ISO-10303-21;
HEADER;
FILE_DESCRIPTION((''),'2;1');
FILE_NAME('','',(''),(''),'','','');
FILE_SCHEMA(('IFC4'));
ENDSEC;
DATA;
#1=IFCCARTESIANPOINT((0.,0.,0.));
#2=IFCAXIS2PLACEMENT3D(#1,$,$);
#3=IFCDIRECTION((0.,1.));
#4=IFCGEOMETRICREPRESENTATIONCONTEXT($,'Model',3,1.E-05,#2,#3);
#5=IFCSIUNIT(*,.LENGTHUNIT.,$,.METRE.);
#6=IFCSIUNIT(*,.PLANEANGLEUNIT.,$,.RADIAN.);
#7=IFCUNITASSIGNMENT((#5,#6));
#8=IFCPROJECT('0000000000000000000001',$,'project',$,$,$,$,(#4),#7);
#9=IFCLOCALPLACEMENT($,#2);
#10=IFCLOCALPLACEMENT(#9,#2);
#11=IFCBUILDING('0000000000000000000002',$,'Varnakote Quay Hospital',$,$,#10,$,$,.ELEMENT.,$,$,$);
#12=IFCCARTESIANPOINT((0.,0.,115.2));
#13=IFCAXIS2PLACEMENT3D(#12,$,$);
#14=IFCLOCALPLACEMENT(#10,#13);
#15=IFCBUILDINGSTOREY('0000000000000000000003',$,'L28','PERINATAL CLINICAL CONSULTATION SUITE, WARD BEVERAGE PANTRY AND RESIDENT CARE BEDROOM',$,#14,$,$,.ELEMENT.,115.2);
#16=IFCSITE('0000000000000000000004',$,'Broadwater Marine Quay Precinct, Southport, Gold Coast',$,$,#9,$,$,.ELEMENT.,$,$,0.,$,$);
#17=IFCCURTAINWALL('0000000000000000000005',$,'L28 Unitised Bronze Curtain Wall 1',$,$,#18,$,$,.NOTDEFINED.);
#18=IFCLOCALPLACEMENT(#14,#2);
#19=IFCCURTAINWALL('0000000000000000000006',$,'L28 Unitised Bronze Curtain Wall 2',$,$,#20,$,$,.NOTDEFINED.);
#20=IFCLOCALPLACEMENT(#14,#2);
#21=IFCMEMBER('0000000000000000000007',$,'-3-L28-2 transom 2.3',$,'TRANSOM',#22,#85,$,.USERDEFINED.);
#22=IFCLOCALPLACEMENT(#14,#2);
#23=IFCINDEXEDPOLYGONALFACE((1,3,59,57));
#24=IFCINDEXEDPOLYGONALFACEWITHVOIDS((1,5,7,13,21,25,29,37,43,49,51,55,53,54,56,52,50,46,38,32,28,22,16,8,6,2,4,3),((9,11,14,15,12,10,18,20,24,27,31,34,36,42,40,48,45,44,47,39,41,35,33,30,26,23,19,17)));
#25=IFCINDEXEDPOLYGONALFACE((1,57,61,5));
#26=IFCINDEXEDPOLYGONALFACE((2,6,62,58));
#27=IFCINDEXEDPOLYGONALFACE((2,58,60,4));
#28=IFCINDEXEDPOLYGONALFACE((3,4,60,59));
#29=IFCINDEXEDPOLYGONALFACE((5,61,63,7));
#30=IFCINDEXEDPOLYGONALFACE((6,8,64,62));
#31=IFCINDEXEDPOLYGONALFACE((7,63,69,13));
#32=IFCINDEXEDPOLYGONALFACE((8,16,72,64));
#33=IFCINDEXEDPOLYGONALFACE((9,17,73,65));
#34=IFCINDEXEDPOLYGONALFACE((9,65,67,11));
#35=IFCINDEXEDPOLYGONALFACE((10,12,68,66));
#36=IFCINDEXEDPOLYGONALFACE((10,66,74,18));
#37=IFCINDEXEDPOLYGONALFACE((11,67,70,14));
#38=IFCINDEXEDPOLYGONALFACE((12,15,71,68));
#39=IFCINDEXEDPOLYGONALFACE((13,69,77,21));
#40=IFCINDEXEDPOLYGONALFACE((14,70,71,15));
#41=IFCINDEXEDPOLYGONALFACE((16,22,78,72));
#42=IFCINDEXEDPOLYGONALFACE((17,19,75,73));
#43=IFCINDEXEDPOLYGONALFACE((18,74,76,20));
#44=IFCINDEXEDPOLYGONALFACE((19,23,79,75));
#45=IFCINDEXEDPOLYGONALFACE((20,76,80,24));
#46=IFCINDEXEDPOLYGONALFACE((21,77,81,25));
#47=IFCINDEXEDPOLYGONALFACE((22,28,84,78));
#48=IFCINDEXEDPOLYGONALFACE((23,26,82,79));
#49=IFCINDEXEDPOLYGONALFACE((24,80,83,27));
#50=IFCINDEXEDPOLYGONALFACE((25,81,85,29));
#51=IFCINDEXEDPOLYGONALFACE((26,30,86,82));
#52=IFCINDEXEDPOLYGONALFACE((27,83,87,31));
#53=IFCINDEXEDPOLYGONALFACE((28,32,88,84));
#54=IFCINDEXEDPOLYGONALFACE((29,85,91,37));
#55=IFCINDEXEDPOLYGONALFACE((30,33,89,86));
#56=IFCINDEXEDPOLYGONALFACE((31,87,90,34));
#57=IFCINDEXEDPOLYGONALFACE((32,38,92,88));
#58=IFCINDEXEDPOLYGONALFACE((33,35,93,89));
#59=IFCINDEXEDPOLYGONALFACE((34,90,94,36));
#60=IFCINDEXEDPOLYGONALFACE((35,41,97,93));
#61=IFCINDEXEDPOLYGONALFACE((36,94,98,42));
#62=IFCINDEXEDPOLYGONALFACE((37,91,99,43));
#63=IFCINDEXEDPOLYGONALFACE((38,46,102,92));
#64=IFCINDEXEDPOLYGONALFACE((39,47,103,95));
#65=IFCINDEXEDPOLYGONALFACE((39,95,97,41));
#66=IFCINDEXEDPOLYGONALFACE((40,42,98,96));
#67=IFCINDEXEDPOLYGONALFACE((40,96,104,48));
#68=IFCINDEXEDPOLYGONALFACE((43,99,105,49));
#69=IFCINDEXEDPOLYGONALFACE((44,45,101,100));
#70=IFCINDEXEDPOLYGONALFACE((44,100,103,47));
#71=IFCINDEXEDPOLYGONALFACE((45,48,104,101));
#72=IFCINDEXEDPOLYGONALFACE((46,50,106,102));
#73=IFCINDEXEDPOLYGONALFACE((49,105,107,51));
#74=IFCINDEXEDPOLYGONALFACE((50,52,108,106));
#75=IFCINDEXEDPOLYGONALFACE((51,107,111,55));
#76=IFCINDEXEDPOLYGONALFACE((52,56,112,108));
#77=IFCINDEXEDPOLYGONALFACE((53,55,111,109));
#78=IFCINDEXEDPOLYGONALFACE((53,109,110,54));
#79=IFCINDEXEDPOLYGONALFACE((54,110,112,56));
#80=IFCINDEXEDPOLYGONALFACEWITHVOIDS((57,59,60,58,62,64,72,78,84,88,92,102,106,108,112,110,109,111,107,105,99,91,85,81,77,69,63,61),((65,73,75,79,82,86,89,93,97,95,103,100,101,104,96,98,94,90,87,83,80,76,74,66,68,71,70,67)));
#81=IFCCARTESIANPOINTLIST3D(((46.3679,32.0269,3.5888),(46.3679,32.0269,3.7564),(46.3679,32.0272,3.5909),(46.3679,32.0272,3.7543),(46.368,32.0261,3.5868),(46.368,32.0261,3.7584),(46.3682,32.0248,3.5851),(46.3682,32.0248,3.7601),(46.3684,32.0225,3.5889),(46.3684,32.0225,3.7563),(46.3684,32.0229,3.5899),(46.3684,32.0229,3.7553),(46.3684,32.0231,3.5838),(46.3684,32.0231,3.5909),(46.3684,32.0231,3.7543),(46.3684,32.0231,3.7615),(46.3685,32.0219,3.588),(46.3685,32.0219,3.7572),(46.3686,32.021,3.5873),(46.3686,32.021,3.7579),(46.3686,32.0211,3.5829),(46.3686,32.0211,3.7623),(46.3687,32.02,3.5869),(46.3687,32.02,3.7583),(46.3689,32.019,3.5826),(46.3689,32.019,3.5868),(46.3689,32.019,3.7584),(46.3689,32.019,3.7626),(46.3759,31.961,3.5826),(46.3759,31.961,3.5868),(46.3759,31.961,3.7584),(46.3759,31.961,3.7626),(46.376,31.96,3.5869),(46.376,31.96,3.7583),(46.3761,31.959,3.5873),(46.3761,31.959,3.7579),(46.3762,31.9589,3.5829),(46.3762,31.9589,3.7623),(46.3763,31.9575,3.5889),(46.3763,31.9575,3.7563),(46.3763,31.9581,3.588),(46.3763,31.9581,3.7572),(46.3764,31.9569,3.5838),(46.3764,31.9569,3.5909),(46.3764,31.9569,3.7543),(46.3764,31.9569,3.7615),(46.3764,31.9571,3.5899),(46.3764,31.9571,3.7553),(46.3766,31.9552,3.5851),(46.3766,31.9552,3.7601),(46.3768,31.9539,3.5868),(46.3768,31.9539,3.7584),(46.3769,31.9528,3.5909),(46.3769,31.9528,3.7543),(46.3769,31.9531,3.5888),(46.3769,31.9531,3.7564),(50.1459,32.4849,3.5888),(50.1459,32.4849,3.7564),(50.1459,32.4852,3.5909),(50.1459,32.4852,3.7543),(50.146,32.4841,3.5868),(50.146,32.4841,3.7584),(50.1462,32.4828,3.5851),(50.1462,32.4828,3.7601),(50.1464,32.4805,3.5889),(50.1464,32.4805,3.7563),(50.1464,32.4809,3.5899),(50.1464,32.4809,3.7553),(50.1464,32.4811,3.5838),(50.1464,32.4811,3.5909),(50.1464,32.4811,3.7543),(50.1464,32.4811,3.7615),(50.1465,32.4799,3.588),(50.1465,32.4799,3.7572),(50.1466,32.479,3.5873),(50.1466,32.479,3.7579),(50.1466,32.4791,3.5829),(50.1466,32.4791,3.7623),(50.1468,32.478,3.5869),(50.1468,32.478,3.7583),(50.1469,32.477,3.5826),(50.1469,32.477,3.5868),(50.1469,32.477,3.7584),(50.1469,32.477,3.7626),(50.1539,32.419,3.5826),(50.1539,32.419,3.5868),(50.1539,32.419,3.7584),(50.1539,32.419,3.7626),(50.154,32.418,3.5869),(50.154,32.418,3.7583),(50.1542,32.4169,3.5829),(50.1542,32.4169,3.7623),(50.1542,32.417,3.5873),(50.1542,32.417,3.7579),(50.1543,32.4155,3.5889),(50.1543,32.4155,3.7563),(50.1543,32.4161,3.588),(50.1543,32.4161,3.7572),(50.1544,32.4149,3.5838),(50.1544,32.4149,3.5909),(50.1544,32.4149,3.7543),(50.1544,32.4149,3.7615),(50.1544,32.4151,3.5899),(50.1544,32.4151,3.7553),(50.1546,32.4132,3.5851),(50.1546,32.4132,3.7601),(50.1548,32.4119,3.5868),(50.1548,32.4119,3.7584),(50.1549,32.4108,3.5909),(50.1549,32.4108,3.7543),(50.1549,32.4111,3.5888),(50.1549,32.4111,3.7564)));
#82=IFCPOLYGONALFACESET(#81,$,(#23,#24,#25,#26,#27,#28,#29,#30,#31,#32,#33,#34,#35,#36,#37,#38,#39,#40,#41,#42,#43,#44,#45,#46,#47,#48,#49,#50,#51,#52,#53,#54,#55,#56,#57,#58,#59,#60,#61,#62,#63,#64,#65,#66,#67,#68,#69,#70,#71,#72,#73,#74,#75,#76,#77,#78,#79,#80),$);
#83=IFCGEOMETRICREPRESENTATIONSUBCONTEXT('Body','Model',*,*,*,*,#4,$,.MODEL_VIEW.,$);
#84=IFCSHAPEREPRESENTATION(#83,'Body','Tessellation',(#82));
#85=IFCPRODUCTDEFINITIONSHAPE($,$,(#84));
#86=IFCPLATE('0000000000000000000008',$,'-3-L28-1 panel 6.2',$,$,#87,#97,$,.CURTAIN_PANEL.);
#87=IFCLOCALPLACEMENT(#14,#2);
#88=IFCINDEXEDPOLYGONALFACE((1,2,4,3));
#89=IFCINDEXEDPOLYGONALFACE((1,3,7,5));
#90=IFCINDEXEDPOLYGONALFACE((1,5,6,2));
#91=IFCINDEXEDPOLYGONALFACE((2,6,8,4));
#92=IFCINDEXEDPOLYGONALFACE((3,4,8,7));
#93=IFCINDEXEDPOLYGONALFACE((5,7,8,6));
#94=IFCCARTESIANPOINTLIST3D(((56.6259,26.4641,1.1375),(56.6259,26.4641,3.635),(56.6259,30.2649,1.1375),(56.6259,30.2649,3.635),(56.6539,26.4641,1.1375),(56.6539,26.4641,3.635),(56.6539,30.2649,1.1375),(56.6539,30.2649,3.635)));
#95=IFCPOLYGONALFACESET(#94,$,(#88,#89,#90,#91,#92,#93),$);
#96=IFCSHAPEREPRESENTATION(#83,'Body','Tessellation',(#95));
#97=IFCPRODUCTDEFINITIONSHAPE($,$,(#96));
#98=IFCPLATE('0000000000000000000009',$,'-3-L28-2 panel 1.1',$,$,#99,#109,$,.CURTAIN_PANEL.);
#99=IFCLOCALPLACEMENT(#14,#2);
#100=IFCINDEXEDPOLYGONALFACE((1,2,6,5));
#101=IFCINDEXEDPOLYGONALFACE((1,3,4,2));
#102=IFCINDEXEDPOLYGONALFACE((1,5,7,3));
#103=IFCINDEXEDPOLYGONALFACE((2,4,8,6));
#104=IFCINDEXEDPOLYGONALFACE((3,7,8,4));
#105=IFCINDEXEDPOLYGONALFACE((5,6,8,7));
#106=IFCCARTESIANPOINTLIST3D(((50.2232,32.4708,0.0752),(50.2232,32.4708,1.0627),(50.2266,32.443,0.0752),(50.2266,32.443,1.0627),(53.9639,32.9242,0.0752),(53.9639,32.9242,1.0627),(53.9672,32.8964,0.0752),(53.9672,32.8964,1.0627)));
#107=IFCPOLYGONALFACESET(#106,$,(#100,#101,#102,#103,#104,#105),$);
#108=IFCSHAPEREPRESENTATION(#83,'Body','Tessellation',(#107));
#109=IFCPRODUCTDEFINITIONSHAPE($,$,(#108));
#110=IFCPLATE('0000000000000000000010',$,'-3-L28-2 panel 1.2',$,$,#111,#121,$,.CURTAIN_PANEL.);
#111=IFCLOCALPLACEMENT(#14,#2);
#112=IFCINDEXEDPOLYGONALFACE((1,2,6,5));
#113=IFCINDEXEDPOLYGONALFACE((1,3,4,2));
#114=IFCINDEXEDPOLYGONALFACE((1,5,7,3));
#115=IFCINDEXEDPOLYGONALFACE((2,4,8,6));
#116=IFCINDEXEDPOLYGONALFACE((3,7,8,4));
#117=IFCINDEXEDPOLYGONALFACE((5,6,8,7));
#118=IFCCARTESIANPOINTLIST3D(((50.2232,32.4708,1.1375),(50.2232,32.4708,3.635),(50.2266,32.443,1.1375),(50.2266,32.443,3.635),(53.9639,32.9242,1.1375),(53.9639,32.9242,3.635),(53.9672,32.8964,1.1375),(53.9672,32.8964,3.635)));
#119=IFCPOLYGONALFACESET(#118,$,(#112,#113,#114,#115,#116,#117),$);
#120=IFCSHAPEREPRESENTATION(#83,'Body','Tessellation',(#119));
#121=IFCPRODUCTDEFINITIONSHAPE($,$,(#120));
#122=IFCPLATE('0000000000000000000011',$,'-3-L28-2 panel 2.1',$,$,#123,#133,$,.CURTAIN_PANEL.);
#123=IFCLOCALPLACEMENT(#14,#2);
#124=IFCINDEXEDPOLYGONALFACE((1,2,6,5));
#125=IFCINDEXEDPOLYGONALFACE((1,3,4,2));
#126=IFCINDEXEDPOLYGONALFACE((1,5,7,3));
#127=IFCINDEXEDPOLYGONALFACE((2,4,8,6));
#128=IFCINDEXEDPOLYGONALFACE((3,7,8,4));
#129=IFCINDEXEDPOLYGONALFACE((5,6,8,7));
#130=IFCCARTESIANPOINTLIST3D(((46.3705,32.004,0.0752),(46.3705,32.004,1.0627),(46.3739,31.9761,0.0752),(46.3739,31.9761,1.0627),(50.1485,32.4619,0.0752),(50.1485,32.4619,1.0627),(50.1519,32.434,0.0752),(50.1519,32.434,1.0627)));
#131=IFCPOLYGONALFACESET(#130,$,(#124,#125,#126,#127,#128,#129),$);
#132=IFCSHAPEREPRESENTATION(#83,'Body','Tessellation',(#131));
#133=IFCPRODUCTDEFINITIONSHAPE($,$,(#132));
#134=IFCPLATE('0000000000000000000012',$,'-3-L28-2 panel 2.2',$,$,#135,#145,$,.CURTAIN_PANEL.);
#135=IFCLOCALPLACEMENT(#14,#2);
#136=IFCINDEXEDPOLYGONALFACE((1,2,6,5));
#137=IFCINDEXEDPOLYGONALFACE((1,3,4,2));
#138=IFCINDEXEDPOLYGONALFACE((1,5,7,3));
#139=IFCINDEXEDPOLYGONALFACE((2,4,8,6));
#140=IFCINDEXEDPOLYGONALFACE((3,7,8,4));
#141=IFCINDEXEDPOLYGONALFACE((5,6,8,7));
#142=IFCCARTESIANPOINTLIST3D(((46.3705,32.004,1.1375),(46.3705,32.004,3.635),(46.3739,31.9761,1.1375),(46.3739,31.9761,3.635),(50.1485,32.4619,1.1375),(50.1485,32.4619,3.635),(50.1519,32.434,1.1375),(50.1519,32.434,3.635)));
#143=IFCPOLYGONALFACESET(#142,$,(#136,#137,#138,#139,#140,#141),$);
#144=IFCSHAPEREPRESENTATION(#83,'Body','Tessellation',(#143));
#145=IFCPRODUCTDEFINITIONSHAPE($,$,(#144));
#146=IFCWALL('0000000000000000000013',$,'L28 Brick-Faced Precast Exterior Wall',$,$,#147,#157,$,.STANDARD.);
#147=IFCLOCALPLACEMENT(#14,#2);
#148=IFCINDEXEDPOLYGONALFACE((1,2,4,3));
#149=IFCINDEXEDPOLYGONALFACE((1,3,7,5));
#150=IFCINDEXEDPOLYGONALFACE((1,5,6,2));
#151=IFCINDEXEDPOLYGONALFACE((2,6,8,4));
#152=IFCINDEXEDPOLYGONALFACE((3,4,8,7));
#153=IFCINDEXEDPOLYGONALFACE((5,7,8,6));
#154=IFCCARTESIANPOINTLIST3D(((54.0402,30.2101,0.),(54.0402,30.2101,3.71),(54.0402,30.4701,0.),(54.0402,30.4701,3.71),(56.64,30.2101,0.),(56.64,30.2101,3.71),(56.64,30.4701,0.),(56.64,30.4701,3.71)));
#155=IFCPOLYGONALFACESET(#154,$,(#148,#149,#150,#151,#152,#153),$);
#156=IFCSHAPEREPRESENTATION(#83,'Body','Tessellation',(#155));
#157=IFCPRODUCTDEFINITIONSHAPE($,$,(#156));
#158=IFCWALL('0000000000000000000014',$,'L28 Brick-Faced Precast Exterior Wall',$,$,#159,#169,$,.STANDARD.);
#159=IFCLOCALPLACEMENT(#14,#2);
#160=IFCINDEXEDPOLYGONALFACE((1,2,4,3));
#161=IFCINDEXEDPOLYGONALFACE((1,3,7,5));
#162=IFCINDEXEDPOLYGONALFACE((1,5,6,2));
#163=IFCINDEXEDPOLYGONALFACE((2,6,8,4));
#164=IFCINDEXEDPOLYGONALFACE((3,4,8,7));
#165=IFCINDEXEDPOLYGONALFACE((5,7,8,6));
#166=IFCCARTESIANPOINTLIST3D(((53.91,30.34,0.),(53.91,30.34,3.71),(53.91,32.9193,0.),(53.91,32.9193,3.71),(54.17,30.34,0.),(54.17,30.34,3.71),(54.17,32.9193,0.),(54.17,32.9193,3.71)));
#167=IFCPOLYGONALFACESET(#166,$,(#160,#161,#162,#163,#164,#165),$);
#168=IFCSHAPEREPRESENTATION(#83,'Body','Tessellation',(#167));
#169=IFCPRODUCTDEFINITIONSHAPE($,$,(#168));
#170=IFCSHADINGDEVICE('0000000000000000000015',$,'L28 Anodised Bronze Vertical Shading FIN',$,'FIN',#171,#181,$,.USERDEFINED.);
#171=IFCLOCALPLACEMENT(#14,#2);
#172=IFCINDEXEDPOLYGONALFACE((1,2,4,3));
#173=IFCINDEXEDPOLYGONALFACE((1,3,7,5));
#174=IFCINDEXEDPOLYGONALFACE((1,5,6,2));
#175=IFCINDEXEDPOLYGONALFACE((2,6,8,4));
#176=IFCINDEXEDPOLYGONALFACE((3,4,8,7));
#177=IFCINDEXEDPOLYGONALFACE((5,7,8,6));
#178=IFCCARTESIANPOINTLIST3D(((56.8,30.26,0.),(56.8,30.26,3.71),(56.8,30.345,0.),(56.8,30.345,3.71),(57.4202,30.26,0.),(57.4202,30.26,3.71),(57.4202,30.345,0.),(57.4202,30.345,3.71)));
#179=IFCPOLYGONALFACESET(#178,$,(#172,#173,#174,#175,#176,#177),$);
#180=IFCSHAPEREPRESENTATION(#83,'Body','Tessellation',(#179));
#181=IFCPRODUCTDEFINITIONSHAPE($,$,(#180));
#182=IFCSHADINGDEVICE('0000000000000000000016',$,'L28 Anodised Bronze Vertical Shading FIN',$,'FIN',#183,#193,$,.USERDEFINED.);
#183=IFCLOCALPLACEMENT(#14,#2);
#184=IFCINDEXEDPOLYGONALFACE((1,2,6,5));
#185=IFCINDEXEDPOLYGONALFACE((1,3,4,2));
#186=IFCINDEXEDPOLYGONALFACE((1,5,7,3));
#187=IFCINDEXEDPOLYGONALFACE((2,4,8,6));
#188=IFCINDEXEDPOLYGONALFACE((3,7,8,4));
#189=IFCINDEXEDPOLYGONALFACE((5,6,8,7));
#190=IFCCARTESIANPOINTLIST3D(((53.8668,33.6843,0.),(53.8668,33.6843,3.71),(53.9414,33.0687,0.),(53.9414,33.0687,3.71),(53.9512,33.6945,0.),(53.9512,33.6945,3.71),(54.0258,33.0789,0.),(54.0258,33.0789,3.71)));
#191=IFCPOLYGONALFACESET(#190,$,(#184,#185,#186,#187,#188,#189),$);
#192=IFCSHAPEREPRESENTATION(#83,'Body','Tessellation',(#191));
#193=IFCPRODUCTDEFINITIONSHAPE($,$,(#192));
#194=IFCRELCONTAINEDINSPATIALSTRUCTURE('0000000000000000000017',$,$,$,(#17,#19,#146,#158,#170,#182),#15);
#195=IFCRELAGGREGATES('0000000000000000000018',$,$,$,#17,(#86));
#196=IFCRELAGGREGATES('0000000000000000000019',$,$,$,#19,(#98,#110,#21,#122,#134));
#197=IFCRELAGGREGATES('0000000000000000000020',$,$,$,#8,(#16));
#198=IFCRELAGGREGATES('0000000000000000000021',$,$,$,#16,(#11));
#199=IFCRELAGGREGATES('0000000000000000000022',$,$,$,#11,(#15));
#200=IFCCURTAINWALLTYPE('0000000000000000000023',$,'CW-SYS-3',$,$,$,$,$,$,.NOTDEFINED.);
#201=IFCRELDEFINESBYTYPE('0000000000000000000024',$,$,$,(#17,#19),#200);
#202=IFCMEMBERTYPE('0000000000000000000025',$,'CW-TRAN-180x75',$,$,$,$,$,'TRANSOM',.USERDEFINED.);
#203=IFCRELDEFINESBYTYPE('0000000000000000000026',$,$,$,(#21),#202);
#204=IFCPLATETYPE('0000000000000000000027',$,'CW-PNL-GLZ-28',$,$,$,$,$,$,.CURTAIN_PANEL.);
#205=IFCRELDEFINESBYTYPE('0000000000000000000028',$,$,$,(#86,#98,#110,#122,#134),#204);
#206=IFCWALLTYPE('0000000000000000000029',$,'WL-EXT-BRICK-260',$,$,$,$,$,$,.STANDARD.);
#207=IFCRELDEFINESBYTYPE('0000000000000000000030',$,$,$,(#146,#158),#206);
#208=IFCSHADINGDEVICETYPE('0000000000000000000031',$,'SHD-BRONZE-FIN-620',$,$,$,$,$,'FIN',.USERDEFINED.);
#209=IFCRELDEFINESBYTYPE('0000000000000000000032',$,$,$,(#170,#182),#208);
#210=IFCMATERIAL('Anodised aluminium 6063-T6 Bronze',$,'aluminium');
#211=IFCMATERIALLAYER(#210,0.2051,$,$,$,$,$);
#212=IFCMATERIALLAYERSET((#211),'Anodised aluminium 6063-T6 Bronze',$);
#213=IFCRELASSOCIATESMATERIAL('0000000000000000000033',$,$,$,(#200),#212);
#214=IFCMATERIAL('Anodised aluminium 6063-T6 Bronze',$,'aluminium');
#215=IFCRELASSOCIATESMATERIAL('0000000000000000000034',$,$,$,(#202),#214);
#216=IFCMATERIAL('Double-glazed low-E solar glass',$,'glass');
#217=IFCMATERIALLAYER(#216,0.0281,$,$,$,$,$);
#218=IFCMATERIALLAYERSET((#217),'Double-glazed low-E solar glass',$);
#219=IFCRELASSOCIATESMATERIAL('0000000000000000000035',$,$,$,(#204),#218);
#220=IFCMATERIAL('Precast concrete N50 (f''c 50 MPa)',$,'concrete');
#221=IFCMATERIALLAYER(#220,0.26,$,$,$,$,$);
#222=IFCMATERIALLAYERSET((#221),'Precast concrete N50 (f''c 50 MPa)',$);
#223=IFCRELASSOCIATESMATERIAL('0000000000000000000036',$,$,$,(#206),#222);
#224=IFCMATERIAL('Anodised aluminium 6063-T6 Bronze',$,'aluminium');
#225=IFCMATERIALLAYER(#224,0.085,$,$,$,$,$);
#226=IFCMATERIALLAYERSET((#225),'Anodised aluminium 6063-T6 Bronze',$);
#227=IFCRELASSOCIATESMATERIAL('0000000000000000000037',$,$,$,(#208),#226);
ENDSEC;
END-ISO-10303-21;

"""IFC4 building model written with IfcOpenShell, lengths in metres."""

from ifc_helpers import new_model, si_unit, direction, frame, frame_2d, origin, origin_2d, place, context, subcontext, project, spatial, rectangle, hollow_rectangle, extrude, material, layer, layer_set, material_profile, profile_set, type_object, element, aggregate, save


model = new_model("IFC4")

# Units and contexts
model_context = context("Model", 3, precision=1e-05, world=origin(), true_north=direction((0.0, 1.0)))
body_context = subcontext(model_context, "Body", "Model", "MODEL_VIEW")
ifc_project = project(units=[si_unit("LENGTHUNIT", "METRE"), si_unit("PLANEANGLEUNIT", "RADIAN")], contexts=[model_context])

# Site, building, storey
site_placement = place(None, origin())
site = spatial("IfcSite", under=ifc_project, at=site_placement, Name="Broadwater Marine Quay Precinct, Southport, Gold Coast", CompositionType="ELEMENT", RefElevation=0.0)
building_placement = place(site_placement, origin())
building = spatial("IfcBuilding", under=site, at=building_placement, Name="Varnakote Quay Hospital", CompositionType="ELEMENT")
storey_placement = place(building_placement, frame((0.0, 0.0, 115.2)))
storey = spatial("IfcBuildingStorey", under=building, at=storey_placement, Name="L28", Description="PERINATAL CLINICAL CONSULTATION SUITE, WARD BEVERAGE PANTRY AND RESIDENT CARE BEDROOM", CompositionType="ELEMENT", Elevation=115.2)

# Curtain wall
ifc_material_1 = material(Name="Anodised aluminium 6063-T6 Bronze", Category="aluminium")
ifc_layer_1 = layer(ifc_material_1, 0.2051)
ifc_layer_set_1 = layer_set([ifc_layer_1], Name="Anodised aluminium 6063-T6 Bronze")
curtain_wall_type = type_object("IfcCurtainWallType", Name="CW-SYS-3", PredefinedType="NOTDEFINED", material=ifc_layer_set_1)
curtain_wall_1_placement = place(storey_placement, origin())
curtain_wall_1 = element("IfcCurtainWall", 1, at=curtain_wall_1_placement, inside=storey, type_object=curtain_wall_type, Name="L28 Unitised Bronze Curtain Wall 1", PredefinedType="NOTDEFINED")

# Curtain wall, member
curtain_wall_2_placement = place(storey_placement, origin())
curtain_wall_2 = element("IfcCurtainWall", 2, at=curtain_wall_2_placement, inside=storey, type_object=curtain_wall_type, Name="L28 Unitised Bronze Curtain Wall 2", PredefinedType="NOTDEFINED")
ifc_material_2 = material(Name="Anodised aluminium 6063-T6 Bronze", Category="aluminium")
ifc_material_profile_1 = material_profile(ifc_material_2, hollow_rectangle(XDim=0.075, YDim=0.1799, WallThickness=0.0042, InnerFilletRadius=0.0042, OuterFilletRadius=0.0083, at=origin_2d()), Name="CW-TRAN-180x75")
ifc_profile_set_1 = profile_set([ifc_material_profile_1], Name="Anodised aluminium 6063-T6 Bronze")
member_type_1 = type_object("IfcMemberType", Name="CW-TRAN-180x75", ElementType="TRANSOM", PredefinedType="USERDEFINED", material=ifc_profile_set_1)
member_1_placement = place(storey_placement, frame((50.1504, 32.448, 3.6726), z_axis=(-0.992732, -0.120347, 0.0), x_axis=(0.120347, -0.992732, 0.0)))
member_1 = element("IfcMember", 3, at=member_1_placement, type_object=member_type_1, Name="-3-L28-2 transom 2.3", ObjectType="TRANSOM", PredefinedType="USERDEFINED", context=body_context, shape_type="SweptSolid", body=[
    extrude(hollow_rectangle(XDim=0.075, YDim=0.1799, WallThickness=0.0042, InnerFilletRadius=0.0042, OuterFilletRadius=0.0083, at=origin_2d()), origin(), (0.0, 0.0, 1.0), 3.8057),
])

# Plates
ifc_material_3 = material(Name="Double-glazed low-E solar glass", Category="glass")
ifc_layer_2 = layer(ifc_material_3, 0.0281)
ifc_layer_set_2 = layer_set([ifc_layer_2], Name="Double-glazed low-E solar glass")
plate_type = type_object("IfcPlateType", Name="CW-PNL-GLZ-28", PredefinedType="CURTAIN_PANEL", material=ifc_layer_set_2)
plate_1_placement = place(storey_placement, frame((56.6399, 28.3645, 1.1375), z_axis=(0.0, 0.0, 1.0), x_axis=(0.0, 1.0, 0.0)))
plate_1 = element("IfcPlate", 4, at=plate_1_placement, type_object=plate_type, Name="-3-L28-1 panel 6.2", PredefinedType="CURTAIN_PANEL", context=body_context, shape_type="SweptSolid", body=[
    extrude(rectangle(XDim=3.8008, YDim=0.0281, at=origin_2d()), origin(), (0.0, 0.0, 1.0), 2.4976),
])
aggregate(curtain_wall_1, [plate_1])
plate_2_placement = place(storey_placement, frame((52.0952, 32.6836, 0.0752), z_axis=(0.0, 0.0, 1.0), x_axis=(-0.992734, -0.120327, 0.0)))
plate_2 = element("IfcPlate", 5, at=plate_2_placement, type_object=plate_type, Name="-3-L28-2 panel 1.1", PredefinedType="CURTAIN_PANEL", context=body_context, shape_type="SweptSolid", body=[
    extrude(rectangle(XDim=3.7681, YDim=0.0281, at=origin_2d()), origin(), (0.0, 0.0, 1.0), 0.9875),
])
plate_3_placement = place(storey_placement, frame((52.0952, 32.6836, 1.1375), z_axis=(0.0, 0.0, 1.0), x_axis=(-0.992734, -0.120327, 0.0)))
plate_3 = element("IfcPlate", 6, at=plate_3_placement, type_object=plate_type, Name="-3-L28-2 panel 1.2", PredefinedType="CURTAIN_PANEL", context=body_context, shape_type="SweptSolid", body=[
    extrude(rectangle(XDim=3.7681, YDim=0.0281, at=origin_2d()), origin(), (0.0, 0.0, 1.0), 2.4976),
])
plate_4_placement = place(storey_placement, frame((48.2612, 32.219, 0.0752), z_axis=(0.0, 0.0, 1.0), x_axis=(-0.992734, -0.120327, 0.0)))
plate_4 = element("IfcPlate", 7, at=plate_4_placement, type_object=plate_type, Name="-3-L28-2 panel 2.1", PredefinedType="CURTAIN_PANEL", context=body_context, shape_type="SweptSolid", body=[
    extrude(rectangle(XDim=3.8057, YDim=0.0281, at=origin_2d()), origin(), (0.0, 0.0, 1.0), 0.9875),
])
plate_5_placement = place(storey_placement, frame((48.2612, 32.219, 1.1375), z_axis=(0.0, 0.0, 1.0), x_axis=(-0.992734, -0.120327, 0.0)))
plate_5 = element("IfcPlate", 8, at=plate_5_placement, type_object=plate_type, Name="-3-L28-2 panel 2.2", PredefinedType="CURTAIN_PANEL", context=body_context, shape_type="SweptSolid", body=[
    extrude(rectangle(XDim=3.8057, YDim=0.0281, at=origin_2d()), origin(), (0.0, 0.0, 1.0), 2.4976),
])
aggregate(curtain_wall_2, [plate_2, plate_3, member_1, plate_4, plate_5])

# Walls
ifc_material_4 = material(Name="Precast concrete N50 (f'c 50 MPa)", Category="concrete")
ifc_layer_3 = layer(ifc_material_4, 0.26)
ifc_layer_set_3 = layer_set([ifc_layer_3], Name="Precast concrete N50 (f'c 50 MPa)")
wall_type = type_object("IfcWallType", Name="WL-EXT-BRICK-260", PredefinedType="STANDARD", material=ifc_layer_set_3)
wall_1_placement = place(storey_placement, frame((56.6399, 30.3401, 0.0), z_axis=(0.0, 0.0, 1.0), x_axis=(-1.0, 0.0, 0.0)))
element("IfcWall", 9, at=wall_1_placement, inside=storey, type_object=wall_type, Name="L28 Brick-Faced Precast Exterior Wall", PredefinedType="STANDARD", context=body_context, shape_type="SweptSolid", body=[
    extrude(rectangle(XDim=2.5999, YDim=0.26, at=frame_2d((1.2998, 0.0))), origin(), (0.0, 0.0, 1.0), 3.71),
])
wall_2_placement = place(storey_placement, frame((54.04, 30.3401, 0.0), z_axis=(0.0, 0.0, 1.0), x_axis=(0.0, 1.0, 0.0)))
element("IfcWall", 10, at=wall_2_placement, inside=storey, type_object=wall_type, Name="L28 Brick-Faced Precast Exterior Wall", PredefinedType="STANDARD", context=body_context, shape_type="SweptSolid", body=[
    extrude(rectangle(XDim=2.5793, YDim=0.26, at=frame_2d((1.2896, 0.0))), origin(), (0.0, 0.0, 1.0), 3.71),
])

# Shading devices
ifc_material_5 = material(Name="Anodised aluminium 6063-T6 Bronze", Category="aluminium")
ifc_layer_4 = layer(ifc_material_5, 0.085)
ifc_layer_set_4 = layer_set([ifc_layer_4], Name="Anodised aluminium 6063-T6 Bronze")
shading_device_type = type_object("IfcShadingDeviceType", Name="SHD-BRONZE-FIN-620", ElementType="FIN", PredefinedType="USERDEFINED", material=ifc_layer_set_4)
for number, where, z_axis, x_axis, name in (
    (11, (57.1101, 30.3025, 0.0), (0.0, 0.0, 1.0), (-1.0, 0.0, 0.0), "L28 Anodised Bronze Vertical Shading FIN"),
    (12, (53.9463, 33.3816, 0.0), (0.0, 0.0, 1.0), (0.12031, -0.992736, 0.0), "L28 Anodised Bronze Vertical Shading FIN"),
):
    element("IfcShadingDevice", number, at=place(storey_placement, frame(where, z_axis=z_axis, x_axis=x_axis)), inside=storey, type_object=shading_device_type, Name=name, ObjectType="FIN", PredefinedType="USERDEFINED", context=body_context, shape_type="SweptSolid", body=[
        extrude(rectangle(XDim=0.6201, YDim=0.085, at=origin_2d()), origin(), (0.0, 0.0, 1.0), 3.71),
    ])

save(model, "model.ifc")
